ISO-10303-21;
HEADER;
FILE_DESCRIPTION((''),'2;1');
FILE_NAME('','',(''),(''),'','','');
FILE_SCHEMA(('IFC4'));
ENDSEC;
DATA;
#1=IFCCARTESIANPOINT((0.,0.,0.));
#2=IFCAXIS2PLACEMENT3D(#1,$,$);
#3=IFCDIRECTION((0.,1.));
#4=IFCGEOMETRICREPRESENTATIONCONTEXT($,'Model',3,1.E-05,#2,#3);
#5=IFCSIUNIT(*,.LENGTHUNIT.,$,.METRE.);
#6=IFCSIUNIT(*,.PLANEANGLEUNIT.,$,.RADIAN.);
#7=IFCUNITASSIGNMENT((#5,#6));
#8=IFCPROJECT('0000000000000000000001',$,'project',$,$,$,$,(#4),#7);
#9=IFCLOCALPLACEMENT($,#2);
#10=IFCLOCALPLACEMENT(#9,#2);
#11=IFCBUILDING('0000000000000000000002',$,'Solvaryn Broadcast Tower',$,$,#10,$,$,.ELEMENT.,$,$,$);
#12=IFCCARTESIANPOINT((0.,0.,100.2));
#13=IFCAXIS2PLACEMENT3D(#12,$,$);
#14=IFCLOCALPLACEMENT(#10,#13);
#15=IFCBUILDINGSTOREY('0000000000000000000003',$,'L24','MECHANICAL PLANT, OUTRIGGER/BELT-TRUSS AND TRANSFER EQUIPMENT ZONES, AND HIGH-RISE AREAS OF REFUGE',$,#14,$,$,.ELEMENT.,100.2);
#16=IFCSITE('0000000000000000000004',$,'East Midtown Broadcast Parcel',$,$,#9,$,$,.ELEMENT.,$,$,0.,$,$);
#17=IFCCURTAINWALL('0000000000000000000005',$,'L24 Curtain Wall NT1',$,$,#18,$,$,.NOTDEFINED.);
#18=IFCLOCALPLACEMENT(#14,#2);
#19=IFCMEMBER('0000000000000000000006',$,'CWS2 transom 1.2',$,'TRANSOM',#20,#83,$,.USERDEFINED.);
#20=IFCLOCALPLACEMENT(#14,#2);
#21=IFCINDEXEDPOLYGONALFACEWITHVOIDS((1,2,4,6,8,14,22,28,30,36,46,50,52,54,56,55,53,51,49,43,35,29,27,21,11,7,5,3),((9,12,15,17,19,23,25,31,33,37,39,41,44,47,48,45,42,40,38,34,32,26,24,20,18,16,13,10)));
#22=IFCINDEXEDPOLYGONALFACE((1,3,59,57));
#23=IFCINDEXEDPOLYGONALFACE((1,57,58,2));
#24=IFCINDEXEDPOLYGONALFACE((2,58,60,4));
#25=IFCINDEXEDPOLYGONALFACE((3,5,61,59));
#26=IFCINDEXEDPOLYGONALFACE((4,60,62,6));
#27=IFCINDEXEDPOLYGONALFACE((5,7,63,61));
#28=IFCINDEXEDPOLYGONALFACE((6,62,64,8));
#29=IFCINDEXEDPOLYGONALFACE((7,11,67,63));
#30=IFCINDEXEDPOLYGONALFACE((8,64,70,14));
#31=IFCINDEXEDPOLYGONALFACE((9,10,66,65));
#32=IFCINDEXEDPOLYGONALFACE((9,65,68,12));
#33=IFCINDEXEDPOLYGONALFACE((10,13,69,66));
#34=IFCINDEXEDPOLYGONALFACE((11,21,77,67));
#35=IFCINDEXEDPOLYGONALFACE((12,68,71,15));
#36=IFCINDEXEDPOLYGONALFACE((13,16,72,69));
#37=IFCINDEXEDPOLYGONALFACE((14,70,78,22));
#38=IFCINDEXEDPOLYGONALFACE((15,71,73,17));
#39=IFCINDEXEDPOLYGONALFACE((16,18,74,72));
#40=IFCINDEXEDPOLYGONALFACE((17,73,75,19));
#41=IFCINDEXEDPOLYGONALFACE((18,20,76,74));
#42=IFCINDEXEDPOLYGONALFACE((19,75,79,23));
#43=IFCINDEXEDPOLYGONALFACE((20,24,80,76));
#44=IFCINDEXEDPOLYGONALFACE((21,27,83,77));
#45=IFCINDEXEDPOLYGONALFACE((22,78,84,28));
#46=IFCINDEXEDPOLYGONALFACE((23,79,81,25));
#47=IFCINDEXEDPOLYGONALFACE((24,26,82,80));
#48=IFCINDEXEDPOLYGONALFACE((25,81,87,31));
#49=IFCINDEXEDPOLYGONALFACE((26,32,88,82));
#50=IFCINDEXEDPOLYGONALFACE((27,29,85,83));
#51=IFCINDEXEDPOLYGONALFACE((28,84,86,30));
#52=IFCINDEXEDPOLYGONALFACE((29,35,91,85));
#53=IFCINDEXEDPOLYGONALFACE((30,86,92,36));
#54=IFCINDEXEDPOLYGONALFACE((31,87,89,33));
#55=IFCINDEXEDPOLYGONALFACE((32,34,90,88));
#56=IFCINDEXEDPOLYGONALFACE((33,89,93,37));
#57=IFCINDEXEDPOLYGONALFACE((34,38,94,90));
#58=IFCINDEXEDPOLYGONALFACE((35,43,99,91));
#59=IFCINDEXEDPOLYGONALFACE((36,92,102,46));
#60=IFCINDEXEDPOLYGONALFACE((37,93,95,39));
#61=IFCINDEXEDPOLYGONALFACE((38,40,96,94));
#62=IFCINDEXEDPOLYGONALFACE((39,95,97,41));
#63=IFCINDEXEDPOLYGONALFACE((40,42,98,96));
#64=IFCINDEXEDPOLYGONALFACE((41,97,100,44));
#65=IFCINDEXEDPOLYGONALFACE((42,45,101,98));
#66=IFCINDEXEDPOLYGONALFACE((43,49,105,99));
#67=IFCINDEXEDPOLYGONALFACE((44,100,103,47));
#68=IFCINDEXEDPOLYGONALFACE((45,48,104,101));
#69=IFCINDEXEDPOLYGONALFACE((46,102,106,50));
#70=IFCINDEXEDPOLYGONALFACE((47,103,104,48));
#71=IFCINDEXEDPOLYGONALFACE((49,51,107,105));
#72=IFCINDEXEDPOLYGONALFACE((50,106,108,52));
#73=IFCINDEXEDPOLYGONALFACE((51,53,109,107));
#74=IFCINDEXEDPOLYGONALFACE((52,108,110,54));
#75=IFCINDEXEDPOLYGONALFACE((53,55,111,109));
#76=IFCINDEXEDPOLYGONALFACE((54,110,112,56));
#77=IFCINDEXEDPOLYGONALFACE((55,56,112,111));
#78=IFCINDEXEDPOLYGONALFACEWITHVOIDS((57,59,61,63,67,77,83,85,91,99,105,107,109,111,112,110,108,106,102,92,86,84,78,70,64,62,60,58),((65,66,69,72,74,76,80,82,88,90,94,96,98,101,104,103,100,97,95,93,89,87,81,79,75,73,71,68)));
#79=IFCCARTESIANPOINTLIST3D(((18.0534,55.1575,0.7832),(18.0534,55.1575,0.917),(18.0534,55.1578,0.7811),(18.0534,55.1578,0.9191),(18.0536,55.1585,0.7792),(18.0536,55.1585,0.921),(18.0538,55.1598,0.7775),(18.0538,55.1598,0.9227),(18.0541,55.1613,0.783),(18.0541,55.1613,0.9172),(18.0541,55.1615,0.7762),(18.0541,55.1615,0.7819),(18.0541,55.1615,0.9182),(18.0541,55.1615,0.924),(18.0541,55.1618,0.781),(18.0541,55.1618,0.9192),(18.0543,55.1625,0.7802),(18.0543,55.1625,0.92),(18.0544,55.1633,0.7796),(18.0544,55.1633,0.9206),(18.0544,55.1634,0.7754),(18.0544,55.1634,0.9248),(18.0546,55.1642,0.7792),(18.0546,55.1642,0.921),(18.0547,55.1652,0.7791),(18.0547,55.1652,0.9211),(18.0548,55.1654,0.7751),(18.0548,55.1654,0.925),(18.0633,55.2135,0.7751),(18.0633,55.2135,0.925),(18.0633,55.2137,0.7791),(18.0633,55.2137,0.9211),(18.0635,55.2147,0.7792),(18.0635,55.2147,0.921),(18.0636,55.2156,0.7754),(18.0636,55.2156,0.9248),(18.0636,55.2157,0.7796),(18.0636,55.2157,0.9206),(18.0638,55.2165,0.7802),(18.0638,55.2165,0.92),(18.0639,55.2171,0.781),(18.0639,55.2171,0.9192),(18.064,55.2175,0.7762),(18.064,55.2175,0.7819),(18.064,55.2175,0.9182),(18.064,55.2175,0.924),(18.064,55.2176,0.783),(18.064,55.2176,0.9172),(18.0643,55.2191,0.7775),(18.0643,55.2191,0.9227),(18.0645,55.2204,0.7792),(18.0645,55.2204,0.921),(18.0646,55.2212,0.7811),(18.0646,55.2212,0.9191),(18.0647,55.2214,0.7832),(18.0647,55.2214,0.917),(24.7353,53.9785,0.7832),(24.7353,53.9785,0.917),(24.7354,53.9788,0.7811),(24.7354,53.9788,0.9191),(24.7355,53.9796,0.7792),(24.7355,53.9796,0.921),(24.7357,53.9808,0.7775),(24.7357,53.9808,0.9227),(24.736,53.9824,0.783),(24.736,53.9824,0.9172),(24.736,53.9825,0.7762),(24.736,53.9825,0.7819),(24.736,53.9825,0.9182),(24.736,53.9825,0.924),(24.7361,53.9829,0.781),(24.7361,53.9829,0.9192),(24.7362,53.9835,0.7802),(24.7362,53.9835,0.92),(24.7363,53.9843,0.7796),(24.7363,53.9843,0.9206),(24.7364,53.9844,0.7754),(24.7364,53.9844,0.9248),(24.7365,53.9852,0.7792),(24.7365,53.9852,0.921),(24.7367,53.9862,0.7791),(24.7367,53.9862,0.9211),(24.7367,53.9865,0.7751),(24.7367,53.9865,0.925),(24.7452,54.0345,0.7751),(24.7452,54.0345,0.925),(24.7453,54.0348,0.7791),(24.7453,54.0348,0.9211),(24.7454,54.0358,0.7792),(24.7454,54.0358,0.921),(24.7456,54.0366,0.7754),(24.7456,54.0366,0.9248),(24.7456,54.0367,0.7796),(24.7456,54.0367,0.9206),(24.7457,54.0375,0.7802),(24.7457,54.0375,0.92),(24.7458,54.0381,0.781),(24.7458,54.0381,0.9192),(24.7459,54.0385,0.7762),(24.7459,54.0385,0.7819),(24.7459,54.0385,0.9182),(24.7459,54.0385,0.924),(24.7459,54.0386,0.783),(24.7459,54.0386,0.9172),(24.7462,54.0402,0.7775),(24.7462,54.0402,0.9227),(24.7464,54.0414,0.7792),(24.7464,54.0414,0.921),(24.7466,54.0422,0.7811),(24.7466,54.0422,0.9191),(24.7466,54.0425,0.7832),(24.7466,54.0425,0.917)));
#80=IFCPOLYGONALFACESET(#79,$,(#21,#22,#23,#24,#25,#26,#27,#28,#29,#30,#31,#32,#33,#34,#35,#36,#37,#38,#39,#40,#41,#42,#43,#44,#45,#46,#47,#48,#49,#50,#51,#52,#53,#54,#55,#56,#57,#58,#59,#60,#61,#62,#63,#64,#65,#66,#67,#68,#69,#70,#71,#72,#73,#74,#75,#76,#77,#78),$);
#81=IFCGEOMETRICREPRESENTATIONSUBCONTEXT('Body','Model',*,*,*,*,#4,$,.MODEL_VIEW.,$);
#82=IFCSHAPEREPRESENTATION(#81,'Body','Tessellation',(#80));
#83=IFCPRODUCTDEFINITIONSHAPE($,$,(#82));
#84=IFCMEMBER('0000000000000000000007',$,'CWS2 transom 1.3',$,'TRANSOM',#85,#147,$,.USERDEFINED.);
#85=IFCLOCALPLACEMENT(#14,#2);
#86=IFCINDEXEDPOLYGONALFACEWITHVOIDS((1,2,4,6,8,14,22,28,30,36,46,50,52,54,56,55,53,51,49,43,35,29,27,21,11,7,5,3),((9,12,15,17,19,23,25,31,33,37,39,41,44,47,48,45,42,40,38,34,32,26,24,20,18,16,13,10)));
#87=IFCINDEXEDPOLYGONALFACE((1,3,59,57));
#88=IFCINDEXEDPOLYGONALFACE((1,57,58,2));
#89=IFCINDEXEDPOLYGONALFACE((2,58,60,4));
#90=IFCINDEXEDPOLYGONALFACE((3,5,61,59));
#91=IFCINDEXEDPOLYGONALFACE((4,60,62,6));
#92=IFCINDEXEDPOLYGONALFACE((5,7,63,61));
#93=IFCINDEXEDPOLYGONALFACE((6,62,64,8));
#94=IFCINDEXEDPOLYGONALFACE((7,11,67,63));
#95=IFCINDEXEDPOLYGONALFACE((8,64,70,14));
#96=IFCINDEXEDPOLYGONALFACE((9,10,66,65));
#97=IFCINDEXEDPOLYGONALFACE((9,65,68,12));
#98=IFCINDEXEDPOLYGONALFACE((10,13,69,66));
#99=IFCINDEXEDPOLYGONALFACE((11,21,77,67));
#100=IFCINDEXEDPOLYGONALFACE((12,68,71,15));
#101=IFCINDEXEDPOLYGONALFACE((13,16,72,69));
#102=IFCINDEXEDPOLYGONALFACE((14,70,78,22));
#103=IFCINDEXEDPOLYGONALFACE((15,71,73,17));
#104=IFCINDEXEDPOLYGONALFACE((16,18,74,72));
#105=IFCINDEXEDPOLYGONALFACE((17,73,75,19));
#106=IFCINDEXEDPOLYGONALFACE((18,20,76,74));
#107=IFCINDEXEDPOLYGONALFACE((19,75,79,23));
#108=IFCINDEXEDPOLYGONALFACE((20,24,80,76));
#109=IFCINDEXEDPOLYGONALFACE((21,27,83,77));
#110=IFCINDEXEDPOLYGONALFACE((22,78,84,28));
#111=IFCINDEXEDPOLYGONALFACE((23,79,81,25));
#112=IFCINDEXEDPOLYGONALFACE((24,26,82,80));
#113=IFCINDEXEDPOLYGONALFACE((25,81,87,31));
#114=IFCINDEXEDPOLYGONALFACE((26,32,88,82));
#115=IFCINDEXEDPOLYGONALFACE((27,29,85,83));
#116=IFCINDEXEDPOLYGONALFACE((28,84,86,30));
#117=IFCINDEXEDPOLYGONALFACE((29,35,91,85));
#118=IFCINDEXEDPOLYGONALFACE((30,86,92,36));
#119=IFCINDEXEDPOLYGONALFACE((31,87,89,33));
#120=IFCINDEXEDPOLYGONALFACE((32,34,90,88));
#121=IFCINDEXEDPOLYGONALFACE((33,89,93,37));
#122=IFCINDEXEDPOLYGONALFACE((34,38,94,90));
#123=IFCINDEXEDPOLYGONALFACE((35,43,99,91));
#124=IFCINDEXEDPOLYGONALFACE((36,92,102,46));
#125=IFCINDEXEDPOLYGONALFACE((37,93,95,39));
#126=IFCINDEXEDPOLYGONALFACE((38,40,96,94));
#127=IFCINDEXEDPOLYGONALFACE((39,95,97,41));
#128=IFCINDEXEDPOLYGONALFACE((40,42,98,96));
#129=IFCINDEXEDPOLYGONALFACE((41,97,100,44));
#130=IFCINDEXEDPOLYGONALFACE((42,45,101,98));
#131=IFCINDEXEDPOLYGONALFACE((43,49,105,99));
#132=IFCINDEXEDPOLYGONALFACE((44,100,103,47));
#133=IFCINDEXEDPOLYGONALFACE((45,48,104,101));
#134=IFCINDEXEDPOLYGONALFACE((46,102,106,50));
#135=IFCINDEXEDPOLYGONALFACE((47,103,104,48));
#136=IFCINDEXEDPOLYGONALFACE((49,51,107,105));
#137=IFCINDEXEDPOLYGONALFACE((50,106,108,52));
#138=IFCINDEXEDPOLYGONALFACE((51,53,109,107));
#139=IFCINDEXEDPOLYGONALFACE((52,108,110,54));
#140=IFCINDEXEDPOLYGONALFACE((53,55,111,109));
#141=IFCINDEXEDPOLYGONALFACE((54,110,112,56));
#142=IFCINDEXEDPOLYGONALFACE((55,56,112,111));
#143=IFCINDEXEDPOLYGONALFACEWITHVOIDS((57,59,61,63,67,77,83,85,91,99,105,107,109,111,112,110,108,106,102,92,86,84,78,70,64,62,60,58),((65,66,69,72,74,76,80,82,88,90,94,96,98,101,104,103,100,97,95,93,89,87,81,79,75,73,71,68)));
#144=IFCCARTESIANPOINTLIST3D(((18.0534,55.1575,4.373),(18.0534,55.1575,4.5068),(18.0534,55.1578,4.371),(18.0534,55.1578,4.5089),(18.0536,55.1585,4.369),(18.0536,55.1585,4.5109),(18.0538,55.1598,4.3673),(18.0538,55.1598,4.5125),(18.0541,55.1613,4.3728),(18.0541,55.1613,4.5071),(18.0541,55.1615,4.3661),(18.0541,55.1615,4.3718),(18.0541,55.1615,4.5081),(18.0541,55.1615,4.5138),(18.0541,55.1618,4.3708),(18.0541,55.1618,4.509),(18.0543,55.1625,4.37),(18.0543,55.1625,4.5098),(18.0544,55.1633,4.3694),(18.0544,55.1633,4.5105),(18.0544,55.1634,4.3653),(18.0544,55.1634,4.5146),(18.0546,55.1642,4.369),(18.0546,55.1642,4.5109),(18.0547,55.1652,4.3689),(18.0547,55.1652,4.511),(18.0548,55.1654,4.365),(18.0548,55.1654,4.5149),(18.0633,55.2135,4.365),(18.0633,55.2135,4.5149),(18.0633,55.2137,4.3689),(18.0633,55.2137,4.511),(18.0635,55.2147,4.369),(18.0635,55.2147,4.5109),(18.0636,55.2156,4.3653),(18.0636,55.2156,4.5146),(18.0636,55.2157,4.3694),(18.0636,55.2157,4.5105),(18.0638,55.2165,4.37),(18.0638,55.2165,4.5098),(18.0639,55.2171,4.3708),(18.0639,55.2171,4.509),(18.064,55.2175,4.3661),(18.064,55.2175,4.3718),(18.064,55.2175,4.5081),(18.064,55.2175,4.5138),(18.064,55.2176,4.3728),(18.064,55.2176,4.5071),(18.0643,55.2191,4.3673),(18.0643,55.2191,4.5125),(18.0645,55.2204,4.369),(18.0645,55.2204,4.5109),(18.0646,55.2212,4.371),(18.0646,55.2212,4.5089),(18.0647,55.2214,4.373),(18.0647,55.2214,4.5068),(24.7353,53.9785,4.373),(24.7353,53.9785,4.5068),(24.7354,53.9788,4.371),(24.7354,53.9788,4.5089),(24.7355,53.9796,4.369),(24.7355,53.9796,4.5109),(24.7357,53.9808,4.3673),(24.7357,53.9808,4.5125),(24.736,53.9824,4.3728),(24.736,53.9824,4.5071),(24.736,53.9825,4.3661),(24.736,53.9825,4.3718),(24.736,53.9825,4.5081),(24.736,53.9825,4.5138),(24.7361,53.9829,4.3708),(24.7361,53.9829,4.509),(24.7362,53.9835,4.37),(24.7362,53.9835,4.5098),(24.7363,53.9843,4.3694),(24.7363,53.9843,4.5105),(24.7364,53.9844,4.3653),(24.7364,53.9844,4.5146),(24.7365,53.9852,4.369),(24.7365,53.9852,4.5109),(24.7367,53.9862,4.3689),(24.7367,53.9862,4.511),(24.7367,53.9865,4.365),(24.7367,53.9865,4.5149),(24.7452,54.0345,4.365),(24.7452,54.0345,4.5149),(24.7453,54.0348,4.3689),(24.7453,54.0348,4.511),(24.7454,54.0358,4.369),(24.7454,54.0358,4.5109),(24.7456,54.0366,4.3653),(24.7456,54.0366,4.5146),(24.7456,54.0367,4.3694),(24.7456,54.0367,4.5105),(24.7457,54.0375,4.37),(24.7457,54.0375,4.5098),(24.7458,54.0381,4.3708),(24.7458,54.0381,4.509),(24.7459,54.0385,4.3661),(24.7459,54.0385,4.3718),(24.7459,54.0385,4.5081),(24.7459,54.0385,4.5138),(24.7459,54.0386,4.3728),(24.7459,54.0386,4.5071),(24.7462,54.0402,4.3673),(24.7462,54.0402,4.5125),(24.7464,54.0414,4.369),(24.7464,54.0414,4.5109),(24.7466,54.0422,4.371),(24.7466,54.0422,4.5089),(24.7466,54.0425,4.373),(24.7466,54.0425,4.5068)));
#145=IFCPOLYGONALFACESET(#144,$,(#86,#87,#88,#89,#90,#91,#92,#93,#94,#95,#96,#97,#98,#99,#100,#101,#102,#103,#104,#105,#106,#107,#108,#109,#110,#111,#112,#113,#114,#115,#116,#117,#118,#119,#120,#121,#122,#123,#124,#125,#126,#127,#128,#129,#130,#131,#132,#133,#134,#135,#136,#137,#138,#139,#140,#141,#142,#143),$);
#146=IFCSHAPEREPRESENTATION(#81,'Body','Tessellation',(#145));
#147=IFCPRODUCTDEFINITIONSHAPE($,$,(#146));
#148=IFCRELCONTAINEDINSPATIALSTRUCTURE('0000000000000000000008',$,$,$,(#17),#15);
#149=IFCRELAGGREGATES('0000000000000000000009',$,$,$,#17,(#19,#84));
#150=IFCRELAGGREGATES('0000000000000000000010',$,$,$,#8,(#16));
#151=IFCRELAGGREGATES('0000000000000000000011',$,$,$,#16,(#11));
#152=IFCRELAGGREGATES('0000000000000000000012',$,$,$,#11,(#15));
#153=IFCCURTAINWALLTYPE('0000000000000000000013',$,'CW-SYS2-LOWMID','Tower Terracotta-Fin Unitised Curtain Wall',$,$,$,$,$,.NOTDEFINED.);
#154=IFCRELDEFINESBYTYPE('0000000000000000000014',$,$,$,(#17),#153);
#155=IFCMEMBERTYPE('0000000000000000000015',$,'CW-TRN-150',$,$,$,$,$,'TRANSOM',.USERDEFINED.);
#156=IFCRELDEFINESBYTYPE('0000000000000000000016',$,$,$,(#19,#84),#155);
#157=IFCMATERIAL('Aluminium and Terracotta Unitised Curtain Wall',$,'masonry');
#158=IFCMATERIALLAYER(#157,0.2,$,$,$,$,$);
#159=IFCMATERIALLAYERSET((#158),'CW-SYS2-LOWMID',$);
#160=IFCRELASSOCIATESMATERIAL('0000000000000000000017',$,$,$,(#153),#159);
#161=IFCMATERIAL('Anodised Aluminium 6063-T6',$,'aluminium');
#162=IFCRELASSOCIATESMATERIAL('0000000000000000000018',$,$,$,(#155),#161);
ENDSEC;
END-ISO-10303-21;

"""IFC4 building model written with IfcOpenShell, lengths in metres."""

from ifc_helpers import new_model, si_unit, direction, frame, origin, origin_2d, place, context, subcontext, project, spatial, hollow_rectangle, extrude, material, layer, layer_set, material_profile, profile_set, type_object, element, aggregate, save


model = new_model("IFC4")

# Units and contexts
model_context = context("Model", 3, precision=1e-05, world=origin(), true_north=direction((0.0, 1.0)))
body_context = subcontext(model_context, "Body", "Model", "MODEL_VIEW")
ifc_project = project(units=[si_unit("LENGTHUNIT", "METRE"), si_unit("PLANEANGLEUNIT", "RADIAN")], contexts=[model_context])

# Site, building, storey
site_placement = place(None, origin())
site = spatial("IfcSite", under=ifc_project, at=site_placement, Name="East Midtown Broadcast Parcel", CompositionType="ELEMENT", RefElevation=0.0)
building_placement = place(site_placement, origin())
building = spatial("IfcBuilding", under=site, at=building_placement, Name="Solvaryn Broadcast Tower", CompositionType="ELEMENT")
storey_placement = place(building_placement, frame((0.0, 0.0, 100.2)))
storey = spatial("IfcBuildingStorey", under=building, at=storey_placement, Name="L24", Description="MECHANICAL PLANT, OUTRIGGER/BELT-TRUSS AND TRANSFER EQUIPMENT ZONES, AND HIGH-RISE AREAS OF REFUGE", CompositionType="ELEMENT", Elevation=100.2)

# Curtain wall
ifc_material_1 = material(Name="Aluminium and Terracotta Unitised Curtain Wall", Category="masonry")
ifc_layer_1 = layer(ifc_material_1, 0.2)
ifc_layer_set_1 = layer_set([ifc_layer_1], Name="CW-SYS2-LOWMID")
curtain_wall_type = type_object("IfcCurtainWallType", Name="CW-SYS2-LOWMID", Description="Tower Terracotta-Fin Unitised Curtain Wall", PredefinedType="NOTDEFINED", material=ifc_layer_set_1)
curtain_wall_1_placement = place(storey_placement, origin())
curtain_wall_1 = element("IfcCurtainWall", 1, at=curtain_wall_1_placement, inside=storey, type_object=curtain_wall_type, Name="L24 Curtain Wall NT1", PredefinedType="NOTDEFINED")

# Members
ifc_material_2 = material(Name="Anodised Aluminium 6063-T6", Category="aluminium")
ifc_material_profile_1 = material_profile(ifc_material_2, hollow_rectangle(XDim=0.0649, YDim=0.1499, WallThickness=0.0039, InnerFilletRadius=0.0039, OuterFilletRadius=0.0081, at=origin_2d()))
ifc_profile_set_1 = profile_set([ifc_material_profile_1], Name="Anodised Aluminium 6063-T6")
member_type_1 = type_object("IfcMemberType", Name="CW-TRN-150", ElementType="TRANSOM", PredefinedType="USERDEFINED", material=ifc_profile_set_1)
member_1_placement = place(storey_placement, frame((24.741, 54.0105, 0.8501), z_axis=(-0.984789, 0.173757, 0.0), x_axis=(-0.173757, -0.984789, 0.0)))
member_1 = element("IfcMember", 2, at=member_1_placement, type_object=member_type_1, Name="CWS2 transom 1.2", ObjectType="TRANSOM", PredefinedType="USERDEFINED", context=body_context, shape_type="SweptSolid", body=[
    extrude(hollow_rectangle(XDim=0.0649, YDim=0.1499, WallThickness=0.0039, InnerFilletRadius=0.0039, OuterFilletRadius=0.0081, at=origin_2d()), origin(), (0.0, 0.0, 1.0), 6.7852),
])
member_2_placement = place(storey_placement, frame((24.741, 54.0105, 4.4399), z_axis=(-0.984789, 0.173757, 0.0), x_axis=(-0.173757, -0.984789, 0.0)))
member_2 = element("IfcMember", 3, at=member_2_placement, type_object=member_type_1, Name="CWS2 transom 1.3", ObjectType="TRANSOM", PredefinedType="USERDEFINED", context=body_context, shape_type="SweptSolid", body=[
    extrude(hollow_rectangle(XDim=0.0649, YDim=0.1499, WallThickness=0.0039, InnerFilletRadius=0.0039, OuterFilletRadius=0.0081, at=origin_2d()), origin(), (0.0, 0.0, 1.0), 6.7852),
])

aggregate(curtain_wall_1, [member_1, member_2])

save(model, "model.ifc")
